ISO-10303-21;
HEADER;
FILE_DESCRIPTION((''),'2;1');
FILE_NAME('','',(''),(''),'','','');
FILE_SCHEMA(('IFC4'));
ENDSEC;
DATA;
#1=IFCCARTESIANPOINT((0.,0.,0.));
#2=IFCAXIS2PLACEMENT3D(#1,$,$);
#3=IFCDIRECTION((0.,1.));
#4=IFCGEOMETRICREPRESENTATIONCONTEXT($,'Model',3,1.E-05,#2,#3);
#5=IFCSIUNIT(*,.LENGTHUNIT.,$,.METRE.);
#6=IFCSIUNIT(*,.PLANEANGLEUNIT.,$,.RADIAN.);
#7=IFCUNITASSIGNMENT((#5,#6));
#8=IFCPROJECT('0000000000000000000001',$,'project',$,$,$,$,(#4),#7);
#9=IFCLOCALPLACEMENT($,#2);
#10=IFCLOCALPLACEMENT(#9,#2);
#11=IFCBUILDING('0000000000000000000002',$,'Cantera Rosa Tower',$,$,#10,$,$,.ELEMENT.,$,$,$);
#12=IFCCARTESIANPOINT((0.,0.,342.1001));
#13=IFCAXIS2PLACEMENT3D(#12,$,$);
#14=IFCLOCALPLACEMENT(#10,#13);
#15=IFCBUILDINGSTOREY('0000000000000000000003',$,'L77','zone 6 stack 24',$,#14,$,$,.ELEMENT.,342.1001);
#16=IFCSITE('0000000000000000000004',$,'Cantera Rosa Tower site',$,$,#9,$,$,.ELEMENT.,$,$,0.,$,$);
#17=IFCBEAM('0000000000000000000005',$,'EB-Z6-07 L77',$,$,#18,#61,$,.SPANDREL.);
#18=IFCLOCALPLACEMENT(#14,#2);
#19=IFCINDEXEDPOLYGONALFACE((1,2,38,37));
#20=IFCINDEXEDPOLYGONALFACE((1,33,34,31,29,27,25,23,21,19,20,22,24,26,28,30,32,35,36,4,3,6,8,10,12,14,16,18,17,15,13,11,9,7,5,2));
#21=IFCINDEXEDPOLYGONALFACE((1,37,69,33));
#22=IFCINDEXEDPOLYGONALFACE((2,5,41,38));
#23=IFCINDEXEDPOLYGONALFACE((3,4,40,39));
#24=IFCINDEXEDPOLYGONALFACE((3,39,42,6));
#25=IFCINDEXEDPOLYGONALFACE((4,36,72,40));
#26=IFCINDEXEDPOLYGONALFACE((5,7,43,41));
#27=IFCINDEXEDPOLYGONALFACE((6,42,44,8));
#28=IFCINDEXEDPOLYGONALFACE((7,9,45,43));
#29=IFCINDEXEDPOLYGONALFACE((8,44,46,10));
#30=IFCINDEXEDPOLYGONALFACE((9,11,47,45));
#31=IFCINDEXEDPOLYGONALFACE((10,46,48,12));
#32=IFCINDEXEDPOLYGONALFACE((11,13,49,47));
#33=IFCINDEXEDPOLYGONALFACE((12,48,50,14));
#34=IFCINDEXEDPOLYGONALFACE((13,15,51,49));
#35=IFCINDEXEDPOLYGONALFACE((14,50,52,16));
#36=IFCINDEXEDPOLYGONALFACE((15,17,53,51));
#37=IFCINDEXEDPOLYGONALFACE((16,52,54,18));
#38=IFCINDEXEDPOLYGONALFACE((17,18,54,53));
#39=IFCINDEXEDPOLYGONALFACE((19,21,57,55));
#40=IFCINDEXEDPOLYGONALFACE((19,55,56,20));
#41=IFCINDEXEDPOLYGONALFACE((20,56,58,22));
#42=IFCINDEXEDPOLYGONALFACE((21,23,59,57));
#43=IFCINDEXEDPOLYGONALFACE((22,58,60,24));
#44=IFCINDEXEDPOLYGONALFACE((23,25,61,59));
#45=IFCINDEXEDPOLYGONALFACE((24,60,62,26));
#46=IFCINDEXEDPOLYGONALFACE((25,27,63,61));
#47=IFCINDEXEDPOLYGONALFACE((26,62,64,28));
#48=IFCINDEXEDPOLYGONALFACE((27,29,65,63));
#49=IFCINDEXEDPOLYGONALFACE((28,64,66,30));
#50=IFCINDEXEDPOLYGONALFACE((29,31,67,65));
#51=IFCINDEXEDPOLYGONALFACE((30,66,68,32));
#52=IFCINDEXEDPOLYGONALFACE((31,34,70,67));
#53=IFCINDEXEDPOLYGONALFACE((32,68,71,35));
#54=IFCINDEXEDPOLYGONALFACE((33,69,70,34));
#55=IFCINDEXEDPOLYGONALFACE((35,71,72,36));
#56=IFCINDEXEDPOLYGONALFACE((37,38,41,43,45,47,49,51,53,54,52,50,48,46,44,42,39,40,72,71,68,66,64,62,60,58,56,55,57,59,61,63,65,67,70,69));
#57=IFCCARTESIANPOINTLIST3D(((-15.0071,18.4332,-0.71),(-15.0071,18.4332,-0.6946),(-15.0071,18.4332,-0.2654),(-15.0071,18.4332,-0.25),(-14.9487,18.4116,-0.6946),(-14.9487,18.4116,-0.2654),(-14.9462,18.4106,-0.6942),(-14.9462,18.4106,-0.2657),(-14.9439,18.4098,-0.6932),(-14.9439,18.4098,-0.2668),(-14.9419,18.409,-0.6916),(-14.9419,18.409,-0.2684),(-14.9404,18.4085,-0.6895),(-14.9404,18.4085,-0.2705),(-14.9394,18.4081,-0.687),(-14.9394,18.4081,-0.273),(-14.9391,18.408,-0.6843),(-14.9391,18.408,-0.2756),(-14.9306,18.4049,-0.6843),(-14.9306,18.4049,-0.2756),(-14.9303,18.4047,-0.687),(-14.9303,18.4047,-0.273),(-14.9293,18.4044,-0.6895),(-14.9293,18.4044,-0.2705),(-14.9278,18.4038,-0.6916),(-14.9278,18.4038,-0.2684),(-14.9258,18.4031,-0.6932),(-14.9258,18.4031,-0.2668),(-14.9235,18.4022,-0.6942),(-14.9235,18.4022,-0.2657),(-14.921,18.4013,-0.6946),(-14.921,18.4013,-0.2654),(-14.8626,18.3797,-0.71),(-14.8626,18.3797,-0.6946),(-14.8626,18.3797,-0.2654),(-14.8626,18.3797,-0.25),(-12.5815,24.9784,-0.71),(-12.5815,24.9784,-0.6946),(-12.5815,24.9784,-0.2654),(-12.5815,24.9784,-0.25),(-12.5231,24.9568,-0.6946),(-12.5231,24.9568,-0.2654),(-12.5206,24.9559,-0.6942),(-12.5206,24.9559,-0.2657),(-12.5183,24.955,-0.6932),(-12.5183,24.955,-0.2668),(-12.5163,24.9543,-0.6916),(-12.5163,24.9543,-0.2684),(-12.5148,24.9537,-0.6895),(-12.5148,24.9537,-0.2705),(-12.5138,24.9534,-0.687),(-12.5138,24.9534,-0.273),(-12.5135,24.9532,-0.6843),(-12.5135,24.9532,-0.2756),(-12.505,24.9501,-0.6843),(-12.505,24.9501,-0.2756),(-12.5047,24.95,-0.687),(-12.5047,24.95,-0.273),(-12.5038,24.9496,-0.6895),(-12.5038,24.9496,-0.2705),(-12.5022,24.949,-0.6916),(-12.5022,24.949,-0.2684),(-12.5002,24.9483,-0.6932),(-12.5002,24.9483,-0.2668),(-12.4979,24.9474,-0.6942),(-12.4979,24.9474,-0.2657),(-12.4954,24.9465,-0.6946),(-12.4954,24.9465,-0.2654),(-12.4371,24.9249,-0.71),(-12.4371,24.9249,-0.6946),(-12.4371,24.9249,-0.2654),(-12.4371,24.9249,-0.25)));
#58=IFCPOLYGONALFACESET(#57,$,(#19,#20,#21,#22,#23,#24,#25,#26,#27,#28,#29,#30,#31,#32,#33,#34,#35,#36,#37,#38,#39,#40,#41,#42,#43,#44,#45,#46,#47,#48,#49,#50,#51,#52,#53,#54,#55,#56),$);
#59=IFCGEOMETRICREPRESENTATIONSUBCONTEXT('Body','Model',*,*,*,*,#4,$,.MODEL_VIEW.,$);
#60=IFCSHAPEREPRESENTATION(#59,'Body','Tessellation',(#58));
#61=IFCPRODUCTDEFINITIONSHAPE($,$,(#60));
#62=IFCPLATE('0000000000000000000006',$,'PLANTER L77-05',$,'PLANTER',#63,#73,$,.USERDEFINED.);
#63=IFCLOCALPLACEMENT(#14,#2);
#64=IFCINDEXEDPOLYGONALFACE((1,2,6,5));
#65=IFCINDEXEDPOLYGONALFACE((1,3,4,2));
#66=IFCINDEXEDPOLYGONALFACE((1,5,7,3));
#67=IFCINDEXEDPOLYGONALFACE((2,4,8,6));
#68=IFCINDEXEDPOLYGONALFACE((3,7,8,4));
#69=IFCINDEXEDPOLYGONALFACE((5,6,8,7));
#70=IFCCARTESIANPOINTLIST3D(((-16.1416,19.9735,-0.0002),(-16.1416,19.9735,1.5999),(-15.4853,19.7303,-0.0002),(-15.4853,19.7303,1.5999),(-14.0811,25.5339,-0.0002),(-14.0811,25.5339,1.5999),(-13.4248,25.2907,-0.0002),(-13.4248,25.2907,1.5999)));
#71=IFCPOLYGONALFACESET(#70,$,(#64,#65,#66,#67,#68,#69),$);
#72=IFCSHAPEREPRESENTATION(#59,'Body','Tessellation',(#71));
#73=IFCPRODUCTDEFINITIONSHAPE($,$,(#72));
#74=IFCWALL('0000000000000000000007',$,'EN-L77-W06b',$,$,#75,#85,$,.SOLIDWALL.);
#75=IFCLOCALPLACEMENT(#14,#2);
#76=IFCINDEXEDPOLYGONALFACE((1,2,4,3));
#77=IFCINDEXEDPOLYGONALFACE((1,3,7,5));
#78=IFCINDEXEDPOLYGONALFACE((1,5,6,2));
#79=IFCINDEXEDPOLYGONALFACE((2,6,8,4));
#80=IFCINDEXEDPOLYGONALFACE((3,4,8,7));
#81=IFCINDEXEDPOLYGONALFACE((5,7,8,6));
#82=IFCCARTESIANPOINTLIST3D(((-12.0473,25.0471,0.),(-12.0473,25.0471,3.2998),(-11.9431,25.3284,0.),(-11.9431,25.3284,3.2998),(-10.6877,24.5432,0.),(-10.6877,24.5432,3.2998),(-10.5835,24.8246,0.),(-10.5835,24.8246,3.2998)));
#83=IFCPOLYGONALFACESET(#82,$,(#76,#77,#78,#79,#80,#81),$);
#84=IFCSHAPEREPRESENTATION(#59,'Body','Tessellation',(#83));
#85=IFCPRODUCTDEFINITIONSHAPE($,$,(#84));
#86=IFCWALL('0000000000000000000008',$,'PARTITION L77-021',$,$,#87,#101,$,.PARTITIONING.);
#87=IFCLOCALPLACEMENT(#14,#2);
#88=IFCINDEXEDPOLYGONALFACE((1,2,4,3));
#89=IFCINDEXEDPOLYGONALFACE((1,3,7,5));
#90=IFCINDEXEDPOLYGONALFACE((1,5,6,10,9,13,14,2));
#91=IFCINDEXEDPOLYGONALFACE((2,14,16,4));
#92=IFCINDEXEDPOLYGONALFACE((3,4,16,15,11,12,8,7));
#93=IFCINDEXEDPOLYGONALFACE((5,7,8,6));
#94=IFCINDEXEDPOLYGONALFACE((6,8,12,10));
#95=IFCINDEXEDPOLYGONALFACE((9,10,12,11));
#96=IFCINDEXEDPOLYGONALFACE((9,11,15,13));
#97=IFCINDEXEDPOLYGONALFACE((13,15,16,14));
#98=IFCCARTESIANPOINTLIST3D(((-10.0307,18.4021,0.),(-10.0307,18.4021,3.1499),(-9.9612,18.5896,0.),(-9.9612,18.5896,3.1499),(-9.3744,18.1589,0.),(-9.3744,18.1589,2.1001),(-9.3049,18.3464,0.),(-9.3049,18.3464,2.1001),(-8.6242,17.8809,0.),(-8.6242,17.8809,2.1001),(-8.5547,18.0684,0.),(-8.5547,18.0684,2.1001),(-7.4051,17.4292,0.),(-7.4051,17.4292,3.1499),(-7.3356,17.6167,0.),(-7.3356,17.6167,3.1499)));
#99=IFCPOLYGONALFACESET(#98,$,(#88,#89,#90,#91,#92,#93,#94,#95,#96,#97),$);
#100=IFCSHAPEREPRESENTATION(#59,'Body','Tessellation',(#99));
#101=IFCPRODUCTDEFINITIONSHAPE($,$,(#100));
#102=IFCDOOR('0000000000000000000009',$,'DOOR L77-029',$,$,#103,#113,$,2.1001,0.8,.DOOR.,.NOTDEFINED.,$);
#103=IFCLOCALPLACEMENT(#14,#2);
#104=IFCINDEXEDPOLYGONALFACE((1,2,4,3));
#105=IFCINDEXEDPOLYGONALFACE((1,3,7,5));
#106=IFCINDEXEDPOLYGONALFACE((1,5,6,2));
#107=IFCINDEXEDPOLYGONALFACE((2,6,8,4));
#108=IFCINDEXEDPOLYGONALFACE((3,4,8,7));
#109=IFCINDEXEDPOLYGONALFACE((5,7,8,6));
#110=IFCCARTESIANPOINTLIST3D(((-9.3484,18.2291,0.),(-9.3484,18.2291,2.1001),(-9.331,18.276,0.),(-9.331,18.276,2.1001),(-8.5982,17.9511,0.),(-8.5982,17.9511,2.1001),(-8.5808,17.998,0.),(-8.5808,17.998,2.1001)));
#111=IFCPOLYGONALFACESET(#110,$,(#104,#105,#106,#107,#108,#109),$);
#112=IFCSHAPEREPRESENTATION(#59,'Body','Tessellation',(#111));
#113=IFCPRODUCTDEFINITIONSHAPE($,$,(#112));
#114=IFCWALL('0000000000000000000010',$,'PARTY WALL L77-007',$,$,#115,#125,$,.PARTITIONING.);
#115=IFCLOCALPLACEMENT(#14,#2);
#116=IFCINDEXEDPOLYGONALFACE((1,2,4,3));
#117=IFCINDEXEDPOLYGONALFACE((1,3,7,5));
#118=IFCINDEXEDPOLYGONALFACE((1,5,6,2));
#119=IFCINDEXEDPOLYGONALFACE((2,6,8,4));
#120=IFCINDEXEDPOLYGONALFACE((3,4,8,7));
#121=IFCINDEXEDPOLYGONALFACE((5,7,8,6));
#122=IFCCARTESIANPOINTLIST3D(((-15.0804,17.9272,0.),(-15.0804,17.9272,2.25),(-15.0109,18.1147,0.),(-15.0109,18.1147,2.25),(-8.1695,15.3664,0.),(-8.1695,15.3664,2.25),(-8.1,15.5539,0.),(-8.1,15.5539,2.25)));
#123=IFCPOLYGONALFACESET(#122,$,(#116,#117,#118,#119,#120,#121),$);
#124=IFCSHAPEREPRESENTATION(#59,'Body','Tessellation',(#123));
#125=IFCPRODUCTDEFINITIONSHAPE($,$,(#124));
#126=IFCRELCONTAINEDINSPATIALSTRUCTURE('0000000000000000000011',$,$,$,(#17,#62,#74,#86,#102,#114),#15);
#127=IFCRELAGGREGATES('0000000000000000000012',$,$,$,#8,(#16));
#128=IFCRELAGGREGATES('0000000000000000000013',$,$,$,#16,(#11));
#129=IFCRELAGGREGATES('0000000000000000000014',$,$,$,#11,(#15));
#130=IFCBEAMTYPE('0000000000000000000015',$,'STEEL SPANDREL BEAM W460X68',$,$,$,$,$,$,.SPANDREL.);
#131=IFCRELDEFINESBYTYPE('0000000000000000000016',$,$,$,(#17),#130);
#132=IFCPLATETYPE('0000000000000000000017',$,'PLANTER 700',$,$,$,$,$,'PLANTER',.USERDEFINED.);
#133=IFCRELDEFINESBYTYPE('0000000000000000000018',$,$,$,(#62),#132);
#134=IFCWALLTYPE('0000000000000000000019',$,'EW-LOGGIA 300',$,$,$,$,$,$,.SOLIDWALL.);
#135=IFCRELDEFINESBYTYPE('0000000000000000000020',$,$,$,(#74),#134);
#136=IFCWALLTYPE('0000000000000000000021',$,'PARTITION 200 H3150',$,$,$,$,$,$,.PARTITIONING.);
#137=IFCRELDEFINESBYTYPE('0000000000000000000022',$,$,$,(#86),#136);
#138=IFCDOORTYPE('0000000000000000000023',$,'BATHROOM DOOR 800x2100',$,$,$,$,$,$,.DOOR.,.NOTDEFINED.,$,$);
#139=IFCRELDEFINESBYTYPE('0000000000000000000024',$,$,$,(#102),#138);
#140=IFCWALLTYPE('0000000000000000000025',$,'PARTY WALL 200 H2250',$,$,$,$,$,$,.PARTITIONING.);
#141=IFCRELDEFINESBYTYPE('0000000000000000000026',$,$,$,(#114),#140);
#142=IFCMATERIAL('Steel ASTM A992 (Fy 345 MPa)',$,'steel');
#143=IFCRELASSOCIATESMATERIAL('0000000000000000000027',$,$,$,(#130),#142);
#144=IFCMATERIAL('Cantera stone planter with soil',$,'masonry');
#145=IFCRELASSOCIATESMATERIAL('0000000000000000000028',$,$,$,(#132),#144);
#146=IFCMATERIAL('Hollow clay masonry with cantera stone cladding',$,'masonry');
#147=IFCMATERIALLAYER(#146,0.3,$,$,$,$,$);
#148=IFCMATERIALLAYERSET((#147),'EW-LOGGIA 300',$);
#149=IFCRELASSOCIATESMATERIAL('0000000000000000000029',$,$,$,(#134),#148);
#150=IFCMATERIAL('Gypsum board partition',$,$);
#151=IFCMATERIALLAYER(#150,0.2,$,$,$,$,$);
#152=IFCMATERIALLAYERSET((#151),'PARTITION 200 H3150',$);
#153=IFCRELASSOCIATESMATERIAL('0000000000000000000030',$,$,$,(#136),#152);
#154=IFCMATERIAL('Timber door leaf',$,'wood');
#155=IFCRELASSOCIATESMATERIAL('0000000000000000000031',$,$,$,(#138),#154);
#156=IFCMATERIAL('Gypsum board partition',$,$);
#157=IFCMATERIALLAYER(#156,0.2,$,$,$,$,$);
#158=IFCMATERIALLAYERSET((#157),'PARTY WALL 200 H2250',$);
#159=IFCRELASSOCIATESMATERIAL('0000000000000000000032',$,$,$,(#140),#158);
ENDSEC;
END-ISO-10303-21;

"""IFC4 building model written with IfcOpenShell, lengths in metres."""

from ifc_helpers import new_model, si_unit, direction, frame, frame_2d, origin, origin_2d, place, context, subcontext, project, spatial, rectangle, i_section, extrude, material, layer, layer_set, material_profile, profile_set, type_object, element, fill, save


model = new_model("IFC4")

# Units and contexts
model_context = context("Model", 3, precision=1e-05, world=origin(), true_north=direction((0.0, 1.0)))
body_context = subcontext(model_context, "Body", "Model", "MODEL_VIEW")
ifc_project = project(units=[si_unit("LENGTHUNIT", "METRE"), si_unit("PLANEANGLEUNIT", "RADIAN")], contexts=[model_context])

# Site, building, storey
site_placement = place(None, origin())
site = spatial("IfcSite", under=ifc_project, at=site_placement, Name="Cantera Rosa Tower site", CompositionType="ELEMENT", RefElevation=0.0)
building_placement = place(site_placement, origin())
building = spatial("IfcBuilding", under=site, at=building_placement, Name="Cantera Rosa Tower", CompositionType="ELEMENT")
storey_placement = place(building_placement, frame((0.0, 0.0, 342.1001)))
storey = spatial("IfcBuildingStorey", under=building, at=storey_placement, Name="L77", Description="zone 6 stack 24", CompositionType="ELEMENT", Elevation=342.1001)

# Beam
ifc_material_1 = material(Name="Steel ASTM A992 (Fy 345 MPa)", Category="steel")
ifc_material_profile_1 = material_profile(ifc_material_1, i_section(OverallWidth=0.1541, OverallDepth=0.46, WebThickness=0.009, FlangeThickness=0.0154, FilletRadius=0.0103, at=origin_2d()), Name="W460X68")
ifc_profile_set_1 = profile_set([ifc_material_profile_1], Name="Steel ASTM A992 (Fy 345 MPa)")
beam_type_1 = type_object("IfcBeamType", Name="STEEL SPANDREL BEAM W460X68", PredefinedType="SPANDREL", material=ifc_profile_set_1)
beam_1_placement = place(storey_placement, frame((-12.5093, 24.9517, -0.48), z_axis=(-0.347491, -0.937683, 0.0), x_axis=(0.937683, -0.347491, 0.0)))
element("IfcBeam", 1, at=beam_1_placement, inside=storey, type_object=beam_type_1, Name="EB-Z6-07 L77", PredefinedType="SPANDREL", context=body_context, shape_type="SweptSolid", body=[
    extrude(i_section(OverallWidth=0.1541, OverallDepth=0.46, WebThickness=0.009, FlangeThickness=0.0154, FilletRadius=0.0103, at=origin_2d()), origin(), (0.0, 0.0, 1.0), 6.9802),
])

# Plate
ifc_material_2 = material(Name="Cantera stone planter with soil", Category="masonry")
plate_type = type_object("IfcPlateType", Name="PLANTER 700", ElementType="PLANTER", PredefinedType="USERDEFINED", material=ifc_material_2)
plate_placement = place(storey_placement, frame((-14.7832, 22.6321, -0.0002), z_axis=(0.0, 0.0, 1.0), x_axis=(-0.347481, -0.937687, 0.0)))
element("IfcPlate", 2, at=plate_placement, inside=storey, type_object=plate_type, Name="PLANTER L77-05", ObjectType="PLANTER", PredefinedType="USERDEFINED", context=body_context, shape_type="SweptSolid", body=[
    extrude(rectangle(XDim=5.9299, YDim=0.7, at=origin_2d()), origin(), (0.0, 0.0, 1.0), 1.6001),
])

# Wall
ifc_material_3 = material(Name="Hollow clay masonry with cantera stone cladding", Category="masonry")
ifc_layer_1 = layer(ifc_material_3, 0.3)
ifc_layer_set_1 = layer_set([ifc_layer_1], Name="EW-LOGGIA 300")
wall_type_1 = type_object("IfcWallType", Name="EW-LOGGIA 300", PredefinedType="SOLIDWALL", material=ifc_layer_set_1)
wall_1_placement = place(storey_placement, frame((-10.6355, 24.6838, 0.0), z_axis=(0.0, 0.0, 1.0), x_axis=(-0.937672, 0.347523, 0.0)))
element("IfcWall", 3, at=wall_1_placement, inside=storey, type_object=wall_type_1, Name="EN-L77-W06b", PredefinedType="SOLIDWALL", context=body_context, shape_type="SweptSolid", body=[
    extrude(rectangle(XDim=1.45, YDim=0.3, at=frame_2d((0.7251, 0.0))), origin(), (0.0, 0.0, 1.0), 3.2998),
])

# Wall, opening, door
ifc_material_4 = material(Name="Gypsum board partition")
ifc_layer_2 = layer(ifc_material_4, 0.2)
ifc_layer_set_2 = layer_set([ifc_layer_2], Name="PARTITION 200 H3150")
wall_type_2 = type_object("IfcWallType", Name="PARTITION 200 H3150", PredefinedType="PARTITIONING", material=ifc_layer_set_2)
wall_2_placement = place(storey_placement, frame((-9.9958, 18.4958, 0.0), z_axis=(0.0, 0.0, 1.0), x_axis=(0.937691, -0.347471, 0.0)))
wall_2 = element("IfcWall", 4, at=wall_2_placement, inside=storey, type_object=wall_type_2, Name="PARTITION L77-021", PredefinedType="PARTITIONING", context=body_context, shape_type="SweptSolid", body=[
    extrude(rectangle(XDim=2.8, YDim=0.2, at=frame_2d((1.3999, 0.0))), origin(), (0.0, 0.0, 1.0), 3.1499),
])
opening_1_placement = place(wall_2_placement, frame((0.7, 0.0, 0.0)))
opening_1 = element("IfcOpeningElement", 5, at=opening_1_placement, cuts=wall_2, PredefinedType="OPENING", context=body_context, shape_type="SweptSolid", body=[
    extrude(rectangle(XDim=0.8, YDim=2.1001, at=frame_2d((0.3999, 1.05))), frame((0.0, 0.1099, 0.0), z_axis=(0.0, -1.0, 0.0), x_axis=(1.0, 0.0, 0.0)), (0.0, 0.0, 1.0), 0.22),
])
ifc_material_5 = material(Name="Timber door leaf", Category="wood")
door_type_1 = type_object("IfcDoorType", Name="BATHROOM DOOR 800x2100", OperationType="NOTDEFINED", PredefinedType="DOOR", material=ifc_material_5)
door_1_placement = place(opening_1_placement, origin())
door_1 = element("IfcDoor", 6, at=door_1_placement, inside=storey, type_object=door_type_1, Name="DOOR L77-029", OperationType="NOTDEFINED", OverallHeight=2.1001, OverallWidth=0.8, PredefinedType="DOOR", context=body_context, shape_type="SweptSolid", body=[
    extrude(rectangle(XDim=0.8, YDim=2.1001, at=frame_2d((0.3999, 1.05))), frame((0.0, 0.0249, 0.0), z_axis=(0.0, -1.0, 0.0), x_axis=(1.0, 0.0, 0.0)), (0.0, 0.0, 1.0), 0.05),
])
fill(opening_1, door_1)

# Wall
ifc_material_6 = material(Name="Gypsum board partition")
ifc_layer_3 = layer(ifc_material_6, 0.2)
ifc_layer_set_3 = layer_set([ifc_layer_3], Name="PARTY WALL 200 H2250")
wall_type_3 = type_object("IfcWallType", Name="PARTY WALL 200 H2250", PredefinedType="PARTITIONING", material=ifc_layer_set_3)
wall_3_placement = place(storey_placement, frame((-15.0457, 18.021, 0.0), z_axis=(0.0, 0.0, 1.0), x_axis=(0.937696, -0.347458, 0.0)))
element("IfcWall", 7, at=wall_3_placement, inside=storey, type_object=wall_type_3, Name="PARTY WALL L77-007", PredefinedType="PARTITIONING", context=body_context, shape_type="SweptSolid", body=[
    extrude(rectangle(XDim=7.3701, YDim=0.2, at=frame_2d((3.6851, 0.0))), origin(), (0.0, 0.0, 1.0), 2.25),
])

save(model, "model.ifc")
